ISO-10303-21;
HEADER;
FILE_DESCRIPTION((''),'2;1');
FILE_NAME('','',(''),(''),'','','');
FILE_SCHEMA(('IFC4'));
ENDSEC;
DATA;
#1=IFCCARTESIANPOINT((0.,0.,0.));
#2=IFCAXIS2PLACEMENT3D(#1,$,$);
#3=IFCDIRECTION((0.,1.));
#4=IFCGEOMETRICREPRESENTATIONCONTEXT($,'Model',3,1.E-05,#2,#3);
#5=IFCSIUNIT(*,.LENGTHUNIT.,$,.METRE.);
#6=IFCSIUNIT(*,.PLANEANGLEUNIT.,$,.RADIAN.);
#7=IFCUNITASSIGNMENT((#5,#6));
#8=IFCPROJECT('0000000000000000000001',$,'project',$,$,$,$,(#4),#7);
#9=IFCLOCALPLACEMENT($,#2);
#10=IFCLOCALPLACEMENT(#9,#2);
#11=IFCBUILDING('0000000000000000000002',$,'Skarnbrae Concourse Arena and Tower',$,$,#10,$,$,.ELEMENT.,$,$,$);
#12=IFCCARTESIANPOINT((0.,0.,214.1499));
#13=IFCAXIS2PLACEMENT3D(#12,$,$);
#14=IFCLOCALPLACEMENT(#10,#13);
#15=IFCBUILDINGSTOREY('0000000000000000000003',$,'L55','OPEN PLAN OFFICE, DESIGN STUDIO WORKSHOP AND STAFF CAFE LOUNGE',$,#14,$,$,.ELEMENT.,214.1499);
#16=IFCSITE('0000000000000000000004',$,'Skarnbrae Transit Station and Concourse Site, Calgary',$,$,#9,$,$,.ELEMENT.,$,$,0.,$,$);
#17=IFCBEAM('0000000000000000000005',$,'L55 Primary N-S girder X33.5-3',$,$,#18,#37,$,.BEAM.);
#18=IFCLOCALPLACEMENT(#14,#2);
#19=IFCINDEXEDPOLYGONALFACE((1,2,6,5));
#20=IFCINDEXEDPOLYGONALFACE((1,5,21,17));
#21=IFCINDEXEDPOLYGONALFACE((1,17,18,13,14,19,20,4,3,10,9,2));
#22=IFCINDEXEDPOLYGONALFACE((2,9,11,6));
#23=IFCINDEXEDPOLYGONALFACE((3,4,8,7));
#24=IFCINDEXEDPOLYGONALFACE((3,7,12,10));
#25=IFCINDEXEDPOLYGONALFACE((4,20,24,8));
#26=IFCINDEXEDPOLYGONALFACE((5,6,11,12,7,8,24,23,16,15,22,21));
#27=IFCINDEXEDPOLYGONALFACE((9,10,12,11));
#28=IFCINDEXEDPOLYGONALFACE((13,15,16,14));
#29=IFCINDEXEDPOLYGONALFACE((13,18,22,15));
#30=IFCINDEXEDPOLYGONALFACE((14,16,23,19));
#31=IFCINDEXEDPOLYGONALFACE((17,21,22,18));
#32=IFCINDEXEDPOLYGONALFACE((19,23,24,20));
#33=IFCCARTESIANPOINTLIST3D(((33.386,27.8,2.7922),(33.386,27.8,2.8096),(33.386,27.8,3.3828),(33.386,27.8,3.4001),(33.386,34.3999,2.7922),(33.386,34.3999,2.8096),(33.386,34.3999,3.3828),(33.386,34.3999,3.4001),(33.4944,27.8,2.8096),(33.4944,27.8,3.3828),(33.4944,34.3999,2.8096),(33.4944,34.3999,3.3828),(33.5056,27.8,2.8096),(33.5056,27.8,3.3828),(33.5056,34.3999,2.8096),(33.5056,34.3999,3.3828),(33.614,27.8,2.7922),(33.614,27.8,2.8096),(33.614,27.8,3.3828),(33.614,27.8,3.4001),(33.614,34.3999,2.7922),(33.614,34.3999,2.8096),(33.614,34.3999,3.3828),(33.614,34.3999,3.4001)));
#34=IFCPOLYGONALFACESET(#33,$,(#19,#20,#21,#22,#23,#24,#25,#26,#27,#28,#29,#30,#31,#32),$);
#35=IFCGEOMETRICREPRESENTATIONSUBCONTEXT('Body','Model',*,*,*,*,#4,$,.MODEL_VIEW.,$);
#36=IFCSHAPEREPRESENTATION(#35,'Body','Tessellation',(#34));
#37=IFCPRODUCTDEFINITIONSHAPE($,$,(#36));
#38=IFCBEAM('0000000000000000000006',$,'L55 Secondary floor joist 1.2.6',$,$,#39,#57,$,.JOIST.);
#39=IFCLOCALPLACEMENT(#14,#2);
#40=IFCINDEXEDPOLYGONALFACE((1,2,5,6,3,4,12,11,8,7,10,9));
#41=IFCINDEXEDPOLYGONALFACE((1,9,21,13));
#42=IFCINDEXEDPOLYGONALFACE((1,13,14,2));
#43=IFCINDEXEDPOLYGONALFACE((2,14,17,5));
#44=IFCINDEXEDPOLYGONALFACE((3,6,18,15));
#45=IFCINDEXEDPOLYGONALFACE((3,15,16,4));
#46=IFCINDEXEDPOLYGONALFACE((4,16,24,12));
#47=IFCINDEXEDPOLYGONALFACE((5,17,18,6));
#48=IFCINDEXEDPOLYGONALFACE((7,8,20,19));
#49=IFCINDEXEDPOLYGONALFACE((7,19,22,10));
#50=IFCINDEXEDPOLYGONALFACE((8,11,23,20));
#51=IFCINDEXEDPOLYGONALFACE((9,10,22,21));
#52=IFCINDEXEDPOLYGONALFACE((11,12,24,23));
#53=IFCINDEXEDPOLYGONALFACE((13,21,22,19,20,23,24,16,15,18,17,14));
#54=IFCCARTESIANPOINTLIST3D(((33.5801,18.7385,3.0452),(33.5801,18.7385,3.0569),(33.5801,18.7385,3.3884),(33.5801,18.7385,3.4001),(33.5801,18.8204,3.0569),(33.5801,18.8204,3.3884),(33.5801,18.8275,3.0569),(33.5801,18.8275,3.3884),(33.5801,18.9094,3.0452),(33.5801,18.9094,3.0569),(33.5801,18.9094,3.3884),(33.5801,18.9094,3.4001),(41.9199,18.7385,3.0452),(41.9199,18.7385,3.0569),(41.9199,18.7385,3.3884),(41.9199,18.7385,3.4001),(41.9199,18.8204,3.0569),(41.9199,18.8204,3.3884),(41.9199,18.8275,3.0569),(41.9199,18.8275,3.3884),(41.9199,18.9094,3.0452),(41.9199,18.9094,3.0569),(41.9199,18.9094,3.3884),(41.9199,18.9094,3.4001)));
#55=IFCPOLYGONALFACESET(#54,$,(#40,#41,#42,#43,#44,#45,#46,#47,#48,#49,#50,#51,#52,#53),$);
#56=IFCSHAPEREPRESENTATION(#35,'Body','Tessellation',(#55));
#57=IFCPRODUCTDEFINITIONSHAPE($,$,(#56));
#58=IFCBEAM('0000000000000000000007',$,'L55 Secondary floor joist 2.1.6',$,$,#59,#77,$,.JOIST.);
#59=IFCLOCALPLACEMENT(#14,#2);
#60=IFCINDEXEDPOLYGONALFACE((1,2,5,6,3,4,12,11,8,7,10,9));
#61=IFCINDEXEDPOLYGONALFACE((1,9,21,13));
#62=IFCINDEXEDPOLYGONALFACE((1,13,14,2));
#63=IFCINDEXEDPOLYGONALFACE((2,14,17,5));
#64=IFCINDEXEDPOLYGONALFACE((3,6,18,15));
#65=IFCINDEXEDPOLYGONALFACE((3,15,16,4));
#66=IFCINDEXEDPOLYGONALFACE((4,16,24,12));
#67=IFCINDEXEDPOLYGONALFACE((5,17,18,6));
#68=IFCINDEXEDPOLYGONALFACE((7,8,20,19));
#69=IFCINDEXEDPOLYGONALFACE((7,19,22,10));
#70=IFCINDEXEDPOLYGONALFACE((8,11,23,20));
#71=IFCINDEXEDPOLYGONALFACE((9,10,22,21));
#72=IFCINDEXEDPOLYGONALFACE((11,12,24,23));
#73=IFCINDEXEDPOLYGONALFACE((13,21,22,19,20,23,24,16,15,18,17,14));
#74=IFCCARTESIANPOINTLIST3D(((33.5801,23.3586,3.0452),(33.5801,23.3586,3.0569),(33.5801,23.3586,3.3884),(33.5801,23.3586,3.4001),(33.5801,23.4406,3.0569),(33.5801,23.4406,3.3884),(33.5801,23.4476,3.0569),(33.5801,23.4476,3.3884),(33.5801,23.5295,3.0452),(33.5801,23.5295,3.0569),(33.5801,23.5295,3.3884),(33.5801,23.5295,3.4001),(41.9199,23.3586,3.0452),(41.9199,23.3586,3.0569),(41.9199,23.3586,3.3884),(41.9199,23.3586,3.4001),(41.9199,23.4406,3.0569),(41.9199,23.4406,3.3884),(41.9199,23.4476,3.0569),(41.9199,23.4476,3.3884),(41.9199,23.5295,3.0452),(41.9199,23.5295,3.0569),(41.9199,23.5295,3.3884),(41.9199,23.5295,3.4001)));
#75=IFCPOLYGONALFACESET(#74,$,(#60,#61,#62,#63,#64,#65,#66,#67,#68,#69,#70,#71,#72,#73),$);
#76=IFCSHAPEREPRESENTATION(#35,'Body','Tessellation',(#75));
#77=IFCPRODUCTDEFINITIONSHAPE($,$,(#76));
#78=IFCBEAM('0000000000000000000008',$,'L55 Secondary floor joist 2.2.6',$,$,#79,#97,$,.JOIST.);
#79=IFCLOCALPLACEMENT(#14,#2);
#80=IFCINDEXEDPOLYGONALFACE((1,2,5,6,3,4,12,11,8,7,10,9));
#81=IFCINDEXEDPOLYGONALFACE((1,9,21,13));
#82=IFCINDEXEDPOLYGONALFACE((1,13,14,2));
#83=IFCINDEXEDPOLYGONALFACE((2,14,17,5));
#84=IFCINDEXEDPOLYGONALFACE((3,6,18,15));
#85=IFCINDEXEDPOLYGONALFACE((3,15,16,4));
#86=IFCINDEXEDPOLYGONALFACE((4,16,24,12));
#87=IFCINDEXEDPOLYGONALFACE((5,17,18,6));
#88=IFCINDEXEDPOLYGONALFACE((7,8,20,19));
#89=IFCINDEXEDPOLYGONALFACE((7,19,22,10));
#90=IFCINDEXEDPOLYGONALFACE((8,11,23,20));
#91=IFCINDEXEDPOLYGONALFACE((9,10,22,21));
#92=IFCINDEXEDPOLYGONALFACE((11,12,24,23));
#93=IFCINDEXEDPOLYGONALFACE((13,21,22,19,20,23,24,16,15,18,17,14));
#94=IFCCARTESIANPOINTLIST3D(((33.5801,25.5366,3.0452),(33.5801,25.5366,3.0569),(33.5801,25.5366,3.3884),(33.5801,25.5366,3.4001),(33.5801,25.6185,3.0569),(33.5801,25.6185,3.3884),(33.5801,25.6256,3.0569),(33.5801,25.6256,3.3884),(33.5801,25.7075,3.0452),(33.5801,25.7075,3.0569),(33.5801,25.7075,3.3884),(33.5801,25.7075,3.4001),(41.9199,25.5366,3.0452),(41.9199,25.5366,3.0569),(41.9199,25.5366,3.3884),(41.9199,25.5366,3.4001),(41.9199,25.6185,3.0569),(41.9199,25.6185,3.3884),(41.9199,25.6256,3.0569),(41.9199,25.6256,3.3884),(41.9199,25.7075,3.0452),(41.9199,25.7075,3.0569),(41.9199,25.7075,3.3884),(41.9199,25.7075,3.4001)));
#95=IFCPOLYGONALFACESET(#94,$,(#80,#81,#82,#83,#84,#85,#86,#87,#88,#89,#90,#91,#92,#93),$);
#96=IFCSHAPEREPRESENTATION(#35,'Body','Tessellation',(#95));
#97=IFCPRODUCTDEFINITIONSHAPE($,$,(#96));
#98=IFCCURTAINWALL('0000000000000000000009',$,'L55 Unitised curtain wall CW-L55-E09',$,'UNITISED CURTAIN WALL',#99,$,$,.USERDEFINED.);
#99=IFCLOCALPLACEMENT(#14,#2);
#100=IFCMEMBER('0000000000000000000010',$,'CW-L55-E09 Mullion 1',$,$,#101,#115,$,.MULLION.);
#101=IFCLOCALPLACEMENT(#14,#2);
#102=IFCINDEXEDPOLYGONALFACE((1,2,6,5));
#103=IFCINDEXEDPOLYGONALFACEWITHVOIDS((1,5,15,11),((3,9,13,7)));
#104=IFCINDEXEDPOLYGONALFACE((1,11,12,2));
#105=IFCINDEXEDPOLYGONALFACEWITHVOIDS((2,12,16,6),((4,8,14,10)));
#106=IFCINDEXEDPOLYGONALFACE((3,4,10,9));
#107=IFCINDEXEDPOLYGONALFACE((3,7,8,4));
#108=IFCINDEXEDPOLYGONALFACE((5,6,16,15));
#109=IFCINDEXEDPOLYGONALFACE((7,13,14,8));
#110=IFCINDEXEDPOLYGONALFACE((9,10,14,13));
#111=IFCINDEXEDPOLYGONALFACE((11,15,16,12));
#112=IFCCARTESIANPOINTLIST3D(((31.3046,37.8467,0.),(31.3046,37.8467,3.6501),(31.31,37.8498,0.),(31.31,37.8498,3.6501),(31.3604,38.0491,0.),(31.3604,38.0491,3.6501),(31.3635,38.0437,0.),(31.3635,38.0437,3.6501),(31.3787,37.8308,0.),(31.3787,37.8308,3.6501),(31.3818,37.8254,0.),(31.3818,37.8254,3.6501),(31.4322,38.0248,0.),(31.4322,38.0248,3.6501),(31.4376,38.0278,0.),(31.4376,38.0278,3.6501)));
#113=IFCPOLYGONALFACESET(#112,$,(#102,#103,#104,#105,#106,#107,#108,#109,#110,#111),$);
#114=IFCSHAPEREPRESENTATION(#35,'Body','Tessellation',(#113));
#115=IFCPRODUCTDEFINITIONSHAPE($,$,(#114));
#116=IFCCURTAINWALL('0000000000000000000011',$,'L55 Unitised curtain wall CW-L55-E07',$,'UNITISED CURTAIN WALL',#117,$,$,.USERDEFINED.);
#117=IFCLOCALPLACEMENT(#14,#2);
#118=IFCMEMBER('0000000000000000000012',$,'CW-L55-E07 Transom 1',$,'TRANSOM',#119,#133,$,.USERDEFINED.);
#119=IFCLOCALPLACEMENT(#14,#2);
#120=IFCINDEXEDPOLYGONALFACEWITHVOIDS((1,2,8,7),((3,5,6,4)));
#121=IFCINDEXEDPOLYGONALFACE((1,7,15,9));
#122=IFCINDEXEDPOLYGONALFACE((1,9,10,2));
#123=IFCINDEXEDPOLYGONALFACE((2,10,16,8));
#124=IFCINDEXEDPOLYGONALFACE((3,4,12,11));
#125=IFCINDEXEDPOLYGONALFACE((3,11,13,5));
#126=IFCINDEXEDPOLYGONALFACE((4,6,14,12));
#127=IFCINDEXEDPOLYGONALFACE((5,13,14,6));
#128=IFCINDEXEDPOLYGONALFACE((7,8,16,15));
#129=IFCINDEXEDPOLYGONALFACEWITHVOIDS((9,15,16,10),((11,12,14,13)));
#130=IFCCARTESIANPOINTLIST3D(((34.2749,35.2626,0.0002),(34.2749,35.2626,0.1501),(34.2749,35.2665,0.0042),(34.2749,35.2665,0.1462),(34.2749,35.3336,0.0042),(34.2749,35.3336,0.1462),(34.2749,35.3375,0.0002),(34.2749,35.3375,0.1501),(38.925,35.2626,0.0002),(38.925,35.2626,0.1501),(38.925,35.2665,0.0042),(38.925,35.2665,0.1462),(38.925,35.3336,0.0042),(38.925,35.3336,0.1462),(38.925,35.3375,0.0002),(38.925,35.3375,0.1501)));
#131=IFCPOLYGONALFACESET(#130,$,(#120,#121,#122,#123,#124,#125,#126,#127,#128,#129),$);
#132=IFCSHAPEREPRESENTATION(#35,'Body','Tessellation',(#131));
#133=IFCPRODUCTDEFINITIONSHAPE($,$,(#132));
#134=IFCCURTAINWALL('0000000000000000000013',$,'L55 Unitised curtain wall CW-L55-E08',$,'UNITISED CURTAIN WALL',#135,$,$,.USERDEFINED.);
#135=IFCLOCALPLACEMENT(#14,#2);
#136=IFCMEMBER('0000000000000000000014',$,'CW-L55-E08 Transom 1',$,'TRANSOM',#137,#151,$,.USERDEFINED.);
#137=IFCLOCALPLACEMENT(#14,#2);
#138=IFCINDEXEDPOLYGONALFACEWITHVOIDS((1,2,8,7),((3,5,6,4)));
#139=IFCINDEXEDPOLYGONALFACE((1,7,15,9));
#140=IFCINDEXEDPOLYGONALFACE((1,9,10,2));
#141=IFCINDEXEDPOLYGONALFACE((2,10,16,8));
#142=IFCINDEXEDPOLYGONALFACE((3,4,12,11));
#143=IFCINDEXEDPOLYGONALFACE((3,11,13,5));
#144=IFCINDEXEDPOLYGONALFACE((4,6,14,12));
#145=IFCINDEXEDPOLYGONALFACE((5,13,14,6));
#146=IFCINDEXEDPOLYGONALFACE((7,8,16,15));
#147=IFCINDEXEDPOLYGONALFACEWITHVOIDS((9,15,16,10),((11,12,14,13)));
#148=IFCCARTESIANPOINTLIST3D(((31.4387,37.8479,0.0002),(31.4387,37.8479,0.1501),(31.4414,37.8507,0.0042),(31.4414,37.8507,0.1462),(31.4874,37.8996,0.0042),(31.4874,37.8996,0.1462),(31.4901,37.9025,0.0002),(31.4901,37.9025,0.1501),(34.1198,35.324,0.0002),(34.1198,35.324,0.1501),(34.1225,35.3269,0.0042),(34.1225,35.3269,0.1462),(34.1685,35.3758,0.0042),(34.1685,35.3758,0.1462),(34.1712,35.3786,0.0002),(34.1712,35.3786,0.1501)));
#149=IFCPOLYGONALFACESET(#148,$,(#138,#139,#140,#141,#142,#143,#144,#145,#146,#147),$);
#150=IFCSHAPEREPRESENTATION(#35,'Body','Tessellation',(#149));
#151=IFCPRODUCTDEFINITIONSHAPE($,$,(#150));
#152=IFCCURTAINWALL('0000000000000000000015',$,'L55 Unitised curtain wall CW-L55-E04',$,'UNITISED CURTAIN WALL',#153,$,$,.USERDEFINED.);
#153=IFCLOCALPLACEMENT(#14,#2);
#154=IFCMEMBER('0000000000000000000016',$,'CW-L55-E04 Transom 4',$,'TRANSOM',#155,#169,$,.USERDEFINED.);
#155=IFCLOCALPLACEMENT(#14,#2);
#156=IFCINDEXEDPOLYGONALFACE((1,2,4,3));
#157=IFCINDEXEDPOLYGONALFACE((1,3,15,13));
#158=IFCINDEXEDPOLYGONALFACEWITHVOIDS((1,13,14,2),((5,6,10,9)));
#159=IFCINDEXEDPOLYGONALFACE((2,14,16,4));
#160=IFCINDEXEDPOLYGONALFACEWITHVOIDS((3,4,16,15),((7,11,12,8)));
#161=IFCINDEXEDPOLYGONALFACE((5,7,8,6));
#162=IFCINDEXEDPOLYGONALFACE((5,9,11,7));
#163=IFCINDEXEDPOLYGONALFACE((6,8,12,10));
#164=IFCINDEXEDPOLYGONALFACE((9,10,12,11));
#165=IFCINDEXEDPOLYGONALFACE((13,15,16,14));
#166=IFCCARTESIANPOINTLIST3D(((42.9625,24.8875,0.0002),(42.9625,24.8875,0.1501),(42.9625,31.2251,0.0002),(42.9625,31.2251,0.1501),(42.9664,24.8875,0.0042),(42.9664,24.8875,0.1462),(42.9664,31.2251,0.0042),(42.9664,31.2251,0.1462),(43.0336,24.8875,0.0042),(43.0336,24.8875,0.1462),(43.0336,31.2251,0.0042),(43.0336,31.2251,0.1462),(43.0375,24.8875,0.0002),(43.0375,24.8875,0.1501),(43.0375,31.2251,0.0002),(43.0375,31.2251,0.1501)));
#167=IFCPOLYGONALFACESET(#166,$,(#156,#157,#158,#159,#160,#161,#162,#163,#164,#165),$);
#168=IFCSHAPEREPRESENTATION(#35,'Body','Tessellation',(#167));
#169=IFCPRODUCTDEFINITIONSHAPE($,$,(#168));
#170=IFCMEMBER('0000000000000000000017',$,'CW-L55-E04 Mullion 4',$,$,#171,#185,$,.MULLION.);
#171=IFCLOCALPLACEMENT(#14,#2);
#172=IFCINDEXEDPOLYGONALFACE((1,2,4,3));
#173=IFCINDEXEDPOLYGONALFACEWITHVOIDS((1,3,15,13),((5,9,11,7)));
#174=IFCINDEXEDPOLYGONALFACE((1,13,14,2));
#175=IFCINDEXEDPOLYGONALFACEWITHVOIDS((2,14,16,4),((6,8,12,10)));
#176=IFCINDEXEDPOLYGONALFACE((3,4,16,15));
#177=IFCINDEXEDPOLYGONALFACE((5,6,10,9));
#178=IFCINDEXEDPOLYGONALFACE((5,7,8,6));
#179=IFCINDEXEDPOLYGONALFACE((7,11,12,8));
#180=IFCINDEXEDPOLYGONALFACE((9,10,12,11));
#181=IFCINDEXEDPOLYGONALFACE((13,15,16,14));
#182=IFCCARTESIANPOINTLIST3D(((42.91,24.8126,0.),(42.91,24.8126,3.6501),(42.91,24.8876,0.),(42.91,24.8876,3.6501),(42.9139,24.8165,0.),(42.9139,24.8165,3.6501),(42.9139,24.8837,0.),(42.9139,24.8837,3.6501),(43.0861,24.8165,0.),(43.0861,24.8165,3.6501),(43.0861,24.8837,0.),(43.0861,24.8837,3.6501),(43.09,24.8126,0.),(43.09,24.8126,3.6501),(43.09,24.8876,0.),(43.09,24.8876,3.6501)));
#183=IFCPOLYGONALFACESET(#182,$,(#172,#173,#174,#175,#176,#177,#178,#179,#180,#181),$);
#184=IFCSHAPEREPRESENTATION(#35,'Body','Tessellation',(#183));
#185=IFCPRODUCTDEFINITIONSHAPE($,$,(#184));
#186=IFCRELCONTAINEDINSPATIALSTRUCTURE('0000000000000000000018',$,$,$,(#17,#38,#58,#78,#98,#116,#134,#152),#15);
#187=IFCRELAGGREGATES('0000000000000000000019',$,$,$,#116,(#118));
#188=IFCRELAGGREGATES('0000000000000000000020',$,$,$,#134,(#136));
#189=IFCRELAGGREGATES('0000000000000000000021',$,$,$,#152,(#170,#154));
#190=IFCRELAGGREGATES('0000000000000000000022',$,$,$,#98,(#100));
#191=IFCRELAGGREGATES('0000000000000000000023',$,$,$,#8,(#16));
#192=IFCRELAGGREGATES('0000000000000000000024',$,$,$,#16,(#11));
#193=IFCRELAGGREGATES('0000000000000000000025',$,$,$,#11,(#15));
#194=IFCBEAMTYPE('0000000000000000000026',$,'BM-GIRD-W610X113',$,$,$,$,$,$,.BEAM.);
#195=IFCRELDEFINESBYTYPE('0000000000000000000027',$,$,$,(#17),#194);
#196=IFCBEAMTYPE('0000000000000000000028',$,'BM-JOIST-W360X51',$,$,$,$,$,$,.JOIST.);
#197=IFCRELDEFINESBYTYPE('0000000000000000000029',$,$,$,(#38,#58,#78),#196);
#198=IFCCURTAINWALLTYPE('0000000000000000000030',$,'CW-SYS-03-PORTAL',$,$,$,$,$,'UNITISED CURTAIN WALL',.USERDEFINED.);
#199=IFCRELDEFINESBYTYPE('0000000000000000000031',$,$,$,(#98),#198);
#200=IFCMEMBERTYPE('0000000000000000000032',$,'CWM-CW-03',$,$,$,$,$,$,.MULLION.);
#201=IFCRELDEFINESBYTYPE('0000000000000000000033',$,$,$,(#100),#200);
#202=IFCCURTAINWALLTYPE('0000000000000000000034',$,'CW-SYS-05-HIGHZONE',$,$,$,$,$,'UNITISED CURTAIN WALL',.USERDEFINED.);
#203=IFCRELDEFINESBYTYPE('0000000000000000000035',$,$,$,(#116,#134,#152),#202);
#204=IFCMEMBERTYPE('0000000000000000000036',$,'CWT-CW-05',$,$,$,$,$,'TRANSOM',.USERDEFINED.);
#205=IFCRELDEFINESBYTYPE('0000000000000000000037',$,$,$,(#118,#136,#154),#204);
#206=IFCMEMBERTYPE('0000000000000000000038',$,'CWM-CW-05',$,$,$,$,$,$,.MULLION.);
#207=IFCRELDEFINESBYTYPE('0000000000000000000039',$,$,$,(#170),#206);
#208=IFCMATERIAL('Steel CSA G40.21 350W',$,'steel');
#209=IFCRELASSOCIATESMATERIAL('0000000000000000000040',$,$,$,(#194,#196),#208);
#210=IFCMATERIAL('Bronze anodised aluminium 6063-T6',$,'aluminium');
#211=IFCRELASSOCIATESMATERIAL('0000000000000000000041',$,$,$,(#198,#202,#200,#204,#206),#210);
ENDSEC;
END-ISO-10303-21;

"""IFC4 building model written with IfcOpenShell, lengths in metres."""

from ifc_helpers import new_model, si_unit, direction, frame, origin, origin_2d, place, context, subcontext, project, spatial, hollow_rectangle, i_section, extrude, source, transform, mapped, material, material_profile, profile_set, type_object, element, aggregate, save


model = new_model("IFC4")

# Units and contexts
model_context = context("Model", 3, precision=1e-05, world=origin(), true_north=direction((0.0, 1.0)))
body_context = subcontext(model_context, "Body", "Model", "MODEL_VIEW")
ifc_project = project(units=[si_unit("LENGTHUNIT", "METRE"), si_unit("PLANEANGLEUNIT", "RADIAN")], contexts=[model_context])

# Site, building, storey
site_placement = place(None, origin())
site = spatial("IfcSite", under=ifc_project, at=site_placement, Name="Skarnbrae Transit Station and Concourse Site, Calgary", CompositionType="ELEMENT", RefElevation=0.0)
building_placement = place(site_placement, origin())
building = spatial("IfcBuilding", under=site, at=building_placement, Name="Skarnbrae Concourse Arena and Tower", CompositionType="ELEMENT")
storey_placement = place(building_placement, frame((0.0, 0.0, 214.1499)))
storey = spatial("IfcBuildingStorey", under=building, at=storey_placement, Name="L55", Description="OPEN PLAN OFFICE, DESIGN STUDIO WORKSHOP AND STAFF CAFE LOUNGE", CompositionType="ELEMENT", Elevation=214.1499)

# Shared definitions
ifc_material_1 = material(Name="Steel CSA G40.21 350W", Category="steel")

# Beams
ifc_material_profile_1 = material_profile(ifc_material_1, i_section(OverallWidth=0.228, OverallDepth=0.6079, WebThickness=0.0112, FlangeThickness=0.0173, at=origin_2d()), Name="W610X113")
ifc_profile_set_1 = profile_set([ifc_material_profile_1], Name="Steel CSA G40.21 350W")
beam_type_1 = type_object("IfcBeamType", Name="BM-GIRD-W610X113", PredefinedType="BEAM", material=ifc_profile_set_1)
shared_shape_1 = source(origin(), body_context, "Body", "SweptSolid", [
    extrude(i_section(OverallWidth=0.228, OverallDepth=0.6079, WebThickness=0.0112, FlangeThickness=0.0173, at=origin_2d()), origin(), (0.0, 0.0, 1.0), 6.5999),
])
beam_1_placement = place(storey_placement, frame((33.5, 27.8, 3.0962), z_axis=(0.0, 1.0, 0.0), x_axis=(-1.0, 0.0, 0.0)))
element("IfcBeam", 1, at=beam_1_placement, inside=storey, type_object=beam_type_1, Name="L55 Primary N-S girder X33.5-3", PredefinedType="BEAM", context=body_context, shape_type="MappedRepresentation", body=[
    mapped(shared_shape_1, transform((0.0, 0.0, 0.0))),
])
ifc_material_profile_2 = material_profile(ifc_material_1, i_section(OverallWidth=0.1709, OverallDepth=0.355, WebThickness=0.0071, FlangeThickness=0.0117, at=origin_2d()), Name="W360X51")
ifc_profile_set_2 = profile_set([ifc_material_profile_2], Name="Steel CSA G40.21 350W")
beam_type_2 = type_object("IfcBeamType", Name="BM-JOIST-W360X51", PredefinedType="JOIST", material=ifc_profile_set_2)
shared_shape_2 = source(origin(), body_context, "Body", "SweptSolid", [
    extrude(i_section(OverallWidth=0.1709, OverallDepth=0.355, WebThickness=0.0071, FlangeThickness=0.0117, at=origin_2d()), origin(), (0.0, 0.0, 1.0), 8.3398),
])
for number, where, z_axis, x_axis, name in (
    (2, (33.5801, 18.824, 3.2227), (1.0, 0.0, 0.0), (0.0, 1.0, 0.0), "L55 Secondary floor joist 1.2.6"),
    (3, (33.5801, 23.4441, 3.2227), (1.0, 0.0, 0.0), (0.0, 1.0, 0.0), "L55 Secondary floor joist 2.1.6"),
    (4, (33.5801, 25.6221, 3.2227), (1.0, 0.0, 0.0), (0.0, 1.0, 0.0), "L55 Secondary floor joist 2.2.6"),
):
    element("IfcBeam", number, at=place(storey_placement, frame(where, z_axis=z_axis, x_axis=x_axis)), inside=storey, type_object=beam_type_2, Name=name, PredefinedType="JOIST", context=body_context, shape_type="MappedRepresentation", body=[
        mapped(shared_shape_2, transform((0.0, 0.0, 0.0))),
    ])

# Curtain walls, members
ifc_material_2 = material(Name="Bronze anodised aluminium 6063-T6", Category="aluminium")
curtain_wall_type_1 = type_object("IfcCurtainWallType", Name="CW-SYS-03-PORTAL", ElementType="UNITISED CURTAIN WALL", PredefinedType="USERDEFINED", material=ifc_material_2)
curtain_wall_1_placement = place(storey_placement, origin())
curtain_wall_1 = element("IfcCurtainWall", 5, at=curtain_wall_1_placement, inside=storey, type_object=curtain_wall_type_1, Name="L55 Unitised curtain wall CW-L55-E09", ObjectType="UNITISED CURTAIN WALL", PredefinedType="USERDEFINED")
ifc_material_profile_3 = material_profile(ifc_material_2, hollow_rectangle(XDim=0.0801, YDim=0.21, WallThickness=0.0044, at=origin_2d()), Name="ALU-MULL-80X210")
ifc_profile_set_3 = profile_set([ifc_material_profile_3], Name="Bronze anodised aluminium 6063-T6")
member_type_1 = type_object("IfcMemberType", Name="CWM-CW-03", PredefinedType="MULLION", material=ifc_profile_set_3)
shared_shape_3 = source(origin(), body_context, "Body", "SweptSolid", [
    extrude(hollow_rectangle(XDim=0.0801, YDim=0.21, WallThickness=0.0044, at=origin_2d()), origin(), (0.0, 0.0, 1.0), 3.6501),
])
member_1_placement = place(storey_placement, frame((31.3711, 37.9373, 0.0), z_axis=(0.0, 0.0, 1.0), x_axis=(-0.964057, 0.265694, 0.0)))
member_1 = element("IfcMember", 6, at=member_1_placement, type_object=member_type_1, Name="CW-L55-E09 Mullion 1", PredefinedType="MULLION", context=body_context, shape_type="MappedRepresentation", body=[
    mapped(shared_shape_3, transform((0.0, 0.0, 0.0))),
])
curtain_wall_type_2 = type_object("IfcCurtainWallType", Name="CW-SYS-05-HIGHZONE", ElementType="UNITISED CURTAIN WALL", PredefinedType="USERDEFINED", material=ifc_material_2)
curtain_wall_2_placement = place(storey_placement, origin())
curtain_wall_2 = element("IfcCurtainWall", 7, at=curtain_wall_2_placement, inside=storey, type_object=curtain_wall_type_2, Name="L55 Unitised curtain wall CW-L55-E07", ObjectType="UNITISED CURTAIN WALL", PredefinedType="USERDEFINED")
ifc_material_profile_4 = material_profile(ifc_material_2, hollow_rectangle(XDim=0.075, YDim=0.1499, WallThickness=0.0039, at=origin_2d()), Name="ALU-TRAN-75X150")
ifc_profile_set_4 = profile_set([ifc_material_profile_4], Name="Bronze anodised aluminium 6063-T6")
member_type_2 = type_object("IfcMemberType", Name="CWT-CW-05", ElementType="TRANSOM", PredefinedType="USERDEFINED", material=ifc_profile_set_4)
shared_shape_4 = source(origin(), body_context, "Body", "SweptSolid", [
    extrude(hollow_rectangle(XDim=0.075, YDim=0.1499, WallThickness=0.0039, at=origin_2d()), origin(), (0.0, 0.0, 1.0), 4.6501),
])
member_2_placement = place(storey_placement, frame((38.925, 35.3, 0.0752), z_axis=(-1.0, 0.0, 0.0), x_axis=(0.0, -1.0, 0.0)))
member_2 = element("IfcMember", 8, at=member_2_placement, type_object=member_type_2, Name="CW-L55-E07 Transom 1", ObjectType="TRANSOM", PredefinedType="USERDEFINED", context=body_context, shape_type="MappedRepresentation", body=[
    mapped(shared_shape_4, transform((0.0, 0.0, 0.0))),
])
curtain_wall_3_placement = place(storey_placement, origin())
curtain_wall_3 = element("IfcCurtainWall", 9, at=curtain_wall_3_placement, inside=storey, type_object=curtain_wall_type_2, Name="L55 Unitised curtain wall CW-L55-E08", ObjectType="UNITISED CURTAIN WALL", PredefinedType="USERDEFINED")
shared_shape_5 = source(origin(), body_context, "Body", "SweptSolid", [
    extrude(hollow_rectangle(XDim=0.075, YDim=0.1499, WallThickness=0.0039, at=origin_2d()), origin(), (0.0, 0.0, 1.0), 3.6821),
])
member_3_placement = place(storey_placement, frame((34.1455, 35.3513, 0.0752), z_axis=(-0.728134, 0.685435, 0.0), x_axis=(-0.685435, -0.728134, 0.0)))
member_3 = element("IfcMember", 10, at=member_3_placement, type_object=member_type_2, Name="CW-L55-E08 Transom 1", ObjectType="TRANSOM", PredefinedType="USERDEFINED", context=body_context, shape_type="MappedRepresentation", body=[
    mapped(shared_shape_5, transform((0.0, 0.0, 0.0))),
])

# Curtain wall, members
curtain_wall_4_placement = place(storey_placement, origin())
curtain_wall_4 = element("IfcCurtainWall", 11, at=curtain_wall_4_placement, inside=storey, type_object=curtain_wall_type_2, Name="L55 Unitised curtain wall CW-L55-E04", ObjectType="UNITISED CURTAIN WALL", PredefinedType="USERDEFINED")
shared_shape_6 = source(origin(), body_context, "Body", "SweptSolid", [
    extrude(hollow_rectangle(XDim=0.075, YDim=0.1499, WallThickness=0.0039, at=origin_2d()), origin(), (0.0, 0.0, 1.0), 6.3376),
])
member_4_placement = place(storey_placement, frame((43.0, 24.8875, 0.0752), z_axis=(0.0, 1.0, 0.0), x_axis=(-1.0, 0.0, 0.0)))
member_4 = element("IfcMember", 12, at=member_4_placement, type_object=member_type_2, Name="CW-L55-E04 Transom 4", ObjectType="TRANSOM", PredefinedType="USERDEFINED", context=body_context, shape_type="MappedRepresentation", body=[
    mapped(shared_shape_6, transform((0.0, 0.0, 0.0))),
])
ifc_material_profile_5 = material_profile(ifc_material_2, hollow_rectangle(XDim=0.075, YDim=0.1799, WallThickness=0.0039, at=origin_2d()), Name="ALU-MULL-75X180")
ifc_profile_set_5 = profile_set([ifc_material_profile_5], Name="Bronze anodised aluminium 6063-T6")
member_type_3 = type_object("IfcMemberType", Name="CWM-CW-05", PredefinedType="MULLION", material=ifc_profile_set_5)
shared_shape_7 = source(origin(), body_context, "Body", "SweptSolid", [
    extrude(hollow_rectangle(XDim=0.075, YDim=0.1799, WallThickness=0.0039, at=origin_2d()), origin(), (0.0, 0.0, 1.0), 3.6501),
])
member_5_placement = place(storey_placement, frame((43.0, 24.8501, 0.0), z_axis=(0.0, 0.0, 1.0), x_axis=(0.0, 1.0, 0.0)))
member_5 = element("IfcMember", 13, at=member_5_placement, type_object=member_type_3, Name="CW-L55-E04 Mullion 4", PredefinedType="MULLION", context=body_context, shape_type="MappedRepresentation", body=[
    mapped(shared_shape_7, transform((0.0, 0.0, 0.0))),
])

aggregate(curtain_wall_2, [member_2])
aggregate(curtain_wall_3, [member_3])
aggregate(curtain_wall_4, [member_5, member_4])
aggregate(curtain_wall_1, [member_1])

save(model, "model.ifc")
